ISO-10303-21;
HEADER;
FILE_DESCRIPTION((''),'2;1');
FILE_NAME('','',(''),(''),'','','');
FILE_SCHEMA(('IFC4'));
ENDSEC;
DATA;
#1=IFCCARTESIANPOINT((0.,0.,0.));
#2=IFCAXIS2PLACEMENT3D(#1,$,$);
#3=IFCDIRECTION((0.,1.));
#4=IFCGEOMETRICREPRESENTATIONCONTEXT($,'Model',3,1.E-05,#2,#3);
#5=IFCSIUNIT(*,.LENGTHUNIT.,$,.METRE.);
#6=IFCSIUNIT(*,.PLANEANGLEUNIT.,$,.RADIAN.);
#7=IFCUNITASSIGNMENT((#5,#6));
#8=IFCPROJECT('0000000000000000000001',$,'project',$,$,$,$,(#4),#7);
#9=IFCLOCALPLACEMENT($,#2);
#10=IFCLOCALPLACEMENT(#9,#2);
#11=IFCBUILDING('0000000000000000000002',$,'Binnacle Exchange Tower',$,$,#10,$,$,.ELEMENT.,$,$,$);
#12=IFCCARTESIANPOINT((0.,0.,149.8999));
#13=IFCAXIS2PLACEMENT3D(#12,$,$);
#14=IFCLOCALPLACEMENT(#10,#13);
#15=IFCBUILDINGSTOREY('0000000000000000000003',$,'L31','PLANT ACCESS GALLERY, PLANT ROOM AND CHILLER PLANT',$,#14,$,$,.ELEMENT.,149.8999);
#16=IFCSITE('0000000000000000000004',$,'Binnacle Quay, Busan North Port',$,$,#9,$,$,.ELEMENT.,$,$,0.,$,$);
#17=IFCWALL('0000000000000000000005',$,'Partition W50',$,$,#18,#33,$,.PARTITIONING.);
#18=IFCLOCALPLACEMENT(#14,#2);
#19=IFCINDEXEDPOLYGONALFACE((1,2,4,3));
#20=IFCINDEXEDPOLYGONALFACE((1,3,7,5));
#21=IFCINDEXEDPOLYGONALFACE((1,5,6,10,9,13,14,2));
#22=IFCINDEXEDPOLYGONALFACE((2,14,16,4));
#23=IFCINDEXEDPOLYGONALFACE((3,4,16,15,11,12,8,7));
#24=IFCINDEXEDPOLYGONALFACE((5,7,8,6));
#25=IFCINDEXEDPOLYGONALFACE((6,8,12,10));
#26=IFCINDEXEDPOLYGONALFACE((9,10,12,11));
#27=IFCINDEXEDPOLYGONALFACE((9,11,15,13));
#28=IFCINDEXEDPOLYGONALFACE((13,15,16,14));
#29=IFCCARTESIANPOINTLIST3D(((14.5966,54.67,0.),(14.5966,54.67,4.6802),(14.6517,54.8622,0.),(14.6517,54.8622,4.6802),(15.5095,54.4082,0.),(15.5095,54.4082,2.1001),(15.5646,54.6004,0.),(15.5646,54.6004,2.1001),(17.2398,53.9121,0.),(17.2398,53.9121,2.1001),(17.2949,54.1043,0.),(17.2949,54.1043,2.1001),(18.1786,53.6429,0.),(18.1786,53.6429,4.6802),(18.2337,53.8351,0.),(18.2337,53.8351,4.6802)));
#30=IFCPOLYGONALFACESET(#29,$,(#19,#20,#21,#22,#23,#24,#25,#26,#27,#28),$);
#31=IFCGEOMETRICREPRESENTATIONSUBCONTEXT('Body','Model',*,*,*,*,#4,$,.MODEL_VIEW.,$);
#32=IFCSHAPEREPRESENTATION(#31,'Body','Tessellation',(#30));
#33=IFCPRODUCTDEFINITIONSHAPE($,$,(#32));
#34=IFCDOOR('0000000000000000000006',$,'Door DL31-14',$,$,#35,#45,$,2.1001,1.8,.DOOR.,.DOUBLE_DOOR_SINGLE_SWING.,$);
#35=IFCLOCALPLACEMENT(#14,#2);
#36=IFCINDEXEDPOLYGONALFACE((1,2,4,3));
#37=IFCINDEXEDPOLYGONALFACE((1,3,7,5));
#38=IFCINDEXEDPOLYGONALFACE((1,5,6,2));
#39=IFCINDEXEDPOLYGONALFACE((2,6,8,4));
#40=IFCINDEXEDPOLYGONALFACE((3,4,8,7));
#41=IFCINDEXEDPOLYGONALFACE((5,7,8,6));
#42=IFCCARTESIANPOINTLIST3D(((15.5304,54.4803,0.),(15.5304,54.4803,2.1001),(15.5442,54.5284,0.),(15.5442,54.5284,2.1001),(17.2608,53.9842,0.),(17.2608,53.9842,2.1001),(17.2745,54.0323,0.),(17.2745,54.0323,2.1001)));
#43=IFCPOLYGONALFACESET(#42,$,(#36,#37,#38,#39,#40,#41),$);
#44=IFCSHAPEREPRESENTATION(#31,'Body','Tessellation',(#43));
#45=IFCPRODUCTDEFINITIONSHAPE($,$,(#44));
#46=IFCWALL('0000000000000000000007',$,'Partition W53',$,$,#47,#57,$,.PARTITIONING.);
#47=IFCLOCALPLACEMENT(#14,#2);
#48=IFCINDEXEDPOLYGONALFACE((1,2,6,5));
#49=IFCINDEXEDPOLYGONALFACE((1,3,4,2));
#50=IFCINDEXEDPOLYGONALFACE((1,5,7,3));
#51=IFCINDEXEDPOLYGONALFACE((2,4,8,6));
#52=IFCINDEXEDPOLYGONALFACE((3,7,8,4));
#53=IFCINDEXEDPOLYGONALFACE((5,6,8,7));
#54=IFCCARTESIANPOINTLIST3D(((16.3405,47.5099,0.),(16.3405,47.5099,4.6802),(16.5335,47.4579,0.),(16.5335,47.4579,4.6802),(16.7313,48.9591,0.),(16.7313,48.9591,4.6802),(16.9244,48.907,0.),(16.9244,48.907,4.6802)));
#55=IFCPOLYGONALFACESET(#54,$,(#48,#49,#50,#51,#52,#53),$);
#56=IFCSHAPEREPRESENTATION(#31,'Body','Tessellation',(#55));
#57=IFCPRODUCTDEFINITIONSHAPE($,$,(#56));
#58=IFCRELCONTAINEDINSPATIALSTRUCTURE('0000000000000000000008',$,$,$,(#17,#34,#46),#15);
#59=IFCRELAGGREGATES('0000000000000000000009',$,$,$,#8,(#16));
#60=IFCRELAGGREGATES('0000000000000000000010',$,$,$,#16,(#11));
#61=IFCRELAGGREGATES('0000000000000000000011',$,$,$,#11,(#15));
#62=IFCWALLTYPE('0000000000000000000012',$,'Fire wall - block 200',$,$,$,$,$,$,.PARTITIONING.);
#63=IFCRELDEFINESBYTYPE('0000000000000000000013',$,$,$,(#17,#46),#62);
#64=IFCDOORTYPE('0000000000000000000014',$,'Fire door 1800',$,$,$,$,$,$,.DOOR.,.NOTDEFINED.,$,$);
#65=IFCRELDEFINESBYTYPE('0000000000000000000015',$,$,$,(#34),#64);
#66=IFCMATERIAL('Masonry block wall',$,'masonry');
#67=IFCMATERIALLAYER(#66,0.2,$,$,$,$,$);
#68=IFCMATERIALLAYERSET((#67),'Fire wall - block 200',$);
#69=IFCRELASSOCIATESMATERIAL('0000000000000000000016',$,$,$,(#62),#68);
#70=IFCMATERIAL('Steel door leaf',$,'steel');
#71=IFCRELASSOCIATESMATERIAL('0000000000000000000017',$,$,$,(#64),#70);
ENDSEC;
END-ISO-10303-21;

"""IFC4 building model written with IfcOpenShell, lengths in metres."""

from ifc_helpers import new_model, si_unit, direction, frame, frame_2d, origin, place, context, subcontext, project, spatial, rectangle, extrude, material, layer, layer_set, type_object, element, fill, save


model = new_model("IFC4")

# Units and contexts
model_context = context("Model", 3, precision=1e-05, world=origin(), true_north=direction((0.0, 1.0)))
body_context = subcontext(model_context, "Body", "Model", "MODEL_VIEW")
ifc_project = project(units=[si_unit("LENGTHUNIT", "METRE"), si_unit("PLANEANGLEUNIT", "RADIAN")], contexts=[model_context])

# Site, building, storey
site_placement = place(None, origin())
site = spatial("IfcSite", under=ifc_project, at=site_placement, Name="Binnacle Quay, Busan North Port", CompositionType="ELEMENT", RefElevation=0.0)
building_placement = place(site_placement, origin())
building = spatial("IfcBuilding", under=site, at=building_placement, Name="Binnacle Exchange Tower", CompositionType="ELEMENT")
storey_placement = place(building_placement, frame((0.0, 0.0, 149.8999)))
storey = spatial("IfcBuildingStorey", under=building, at=storey_placement, Name="L31", Description="PLANT ACCESS GALLERY, PLANT ROOM AND CHILLER PLANT", CompositionType="ELEMENT", Elevation=149.8999)

# Shared definitions
ifc_material_1 = material(Name="Steel door leaf", Category="steel")

# Shared definitions
ifc_material_2 = material(Name="Masonry block wall", Category="masonry")
ifc_layer_1 = layer(ifc_material_2, 0.2)
ifc_layer_set_1 = layer_set([ifc_layer_1], Name="Fire wall - block 200")
wall_type_1 = type_object("IfcWallType", Name="Fire wall - block 200", PredefinedType="PARTITIONING", material=ifc_layer_set_1)

# Wall, opening, door
wall_1_placement = place(storey_placement, frame((14.624, 54.7661, 0.0), z_axis=(0.0, 0.0, 1.0), x_axis=(0.961264, -0.27563, 0.0)))
wall_1 = element("IfcWall", 1, at=wall_1_placement, inside=storey, type_object=wall_type_1, Name="Partition W50", PredefinedType="PARTITIONING", context=body_context, shape_type="SweptSolid", body=[
    extrude(rectangle(XDim=3.7263, YDim=0.2, at=frame_2d((1.8633, 0.0))), origin(), (0.0, 0.0, 1.0), 4.6802),
])
opening_1_placement = place(wall_1_placement, frame((0.95, 0.0, 0.0)))
opening_1 = element("IfcOpeningElement", 2, at=opening_1_placement, cuts=wall_1, PredefinedType="OPENING", context=body_context, shape_type="SweptSolid", body=[
    extrude(rectangle(XDim=1.8, YDim=2.1001, at=frame_2d((0.8999, 1.05))), frame((0.0, 0.1099, 0.0), z_axis=(0.0, -1.0, 0.0), x_axis=(1.0, 0.0, 0.0)), (0.0, 0.0, 1.0), 0.22),
])
door_type_1 = type_object("IfcDoorType", Name="Fire door 1800", OperationType="NOTDEFINED", PredefinedType="DOOR", material=ifc_material_1)
door_1_placement = place(opening_1_placement, frame((1.8, 0.0, 0.0), z_axis=(0.0, 0.0, 1.0), x_axis=(-1.0, 0.0, 0.0)))
door_1 = element("IfcDoor", 3, at=door_1_placement, inside=storey, type_object=door_type_1, Name="Door DL31-14", OperationType="DOUBLE_DOOR_SINGLE_SWING", OverallHeight=2.1001, OverallWidth=1.8, PredefinedType="DOOR", context=body_context, shape_type="SweptSolid", body=[
    extrude(rectangle(XDim=1.8, YDim=2.1001, at=frame_2d((0.8999, 1.05))), frame((0.0, 0.0249, 0.0), z_axis=(0.0, -1.0, 0.0), x_axis=(1.0, 0.0, 0.0)), (0.0, 0.0, 1.0), 0.05),
])
fill(opening_1, door_1)

# Wall
wall_2_placement = place(storey_placement, frame((16.437, 47.4839, 0.0), z_axis=(0.0, 0.0, 1.0), x_axis=(0.260405, 0.965499, 0.0)))
element("IfcWall", 4, at=wall_2_placement, inside=storey, type_object=wall_type_1, Name="Partition W53", PredefinedType="PARTITIONING", context=body_context, shape_type="SweptSolid", body=[
    extrude(rectangle(XDim=1.501, YDim=0.2, at=frame_2d((0.7505, 0.0))), origin(), (0.0, 0.0, 1.0), 4.6802),
])

save(model, "model.ifc")
